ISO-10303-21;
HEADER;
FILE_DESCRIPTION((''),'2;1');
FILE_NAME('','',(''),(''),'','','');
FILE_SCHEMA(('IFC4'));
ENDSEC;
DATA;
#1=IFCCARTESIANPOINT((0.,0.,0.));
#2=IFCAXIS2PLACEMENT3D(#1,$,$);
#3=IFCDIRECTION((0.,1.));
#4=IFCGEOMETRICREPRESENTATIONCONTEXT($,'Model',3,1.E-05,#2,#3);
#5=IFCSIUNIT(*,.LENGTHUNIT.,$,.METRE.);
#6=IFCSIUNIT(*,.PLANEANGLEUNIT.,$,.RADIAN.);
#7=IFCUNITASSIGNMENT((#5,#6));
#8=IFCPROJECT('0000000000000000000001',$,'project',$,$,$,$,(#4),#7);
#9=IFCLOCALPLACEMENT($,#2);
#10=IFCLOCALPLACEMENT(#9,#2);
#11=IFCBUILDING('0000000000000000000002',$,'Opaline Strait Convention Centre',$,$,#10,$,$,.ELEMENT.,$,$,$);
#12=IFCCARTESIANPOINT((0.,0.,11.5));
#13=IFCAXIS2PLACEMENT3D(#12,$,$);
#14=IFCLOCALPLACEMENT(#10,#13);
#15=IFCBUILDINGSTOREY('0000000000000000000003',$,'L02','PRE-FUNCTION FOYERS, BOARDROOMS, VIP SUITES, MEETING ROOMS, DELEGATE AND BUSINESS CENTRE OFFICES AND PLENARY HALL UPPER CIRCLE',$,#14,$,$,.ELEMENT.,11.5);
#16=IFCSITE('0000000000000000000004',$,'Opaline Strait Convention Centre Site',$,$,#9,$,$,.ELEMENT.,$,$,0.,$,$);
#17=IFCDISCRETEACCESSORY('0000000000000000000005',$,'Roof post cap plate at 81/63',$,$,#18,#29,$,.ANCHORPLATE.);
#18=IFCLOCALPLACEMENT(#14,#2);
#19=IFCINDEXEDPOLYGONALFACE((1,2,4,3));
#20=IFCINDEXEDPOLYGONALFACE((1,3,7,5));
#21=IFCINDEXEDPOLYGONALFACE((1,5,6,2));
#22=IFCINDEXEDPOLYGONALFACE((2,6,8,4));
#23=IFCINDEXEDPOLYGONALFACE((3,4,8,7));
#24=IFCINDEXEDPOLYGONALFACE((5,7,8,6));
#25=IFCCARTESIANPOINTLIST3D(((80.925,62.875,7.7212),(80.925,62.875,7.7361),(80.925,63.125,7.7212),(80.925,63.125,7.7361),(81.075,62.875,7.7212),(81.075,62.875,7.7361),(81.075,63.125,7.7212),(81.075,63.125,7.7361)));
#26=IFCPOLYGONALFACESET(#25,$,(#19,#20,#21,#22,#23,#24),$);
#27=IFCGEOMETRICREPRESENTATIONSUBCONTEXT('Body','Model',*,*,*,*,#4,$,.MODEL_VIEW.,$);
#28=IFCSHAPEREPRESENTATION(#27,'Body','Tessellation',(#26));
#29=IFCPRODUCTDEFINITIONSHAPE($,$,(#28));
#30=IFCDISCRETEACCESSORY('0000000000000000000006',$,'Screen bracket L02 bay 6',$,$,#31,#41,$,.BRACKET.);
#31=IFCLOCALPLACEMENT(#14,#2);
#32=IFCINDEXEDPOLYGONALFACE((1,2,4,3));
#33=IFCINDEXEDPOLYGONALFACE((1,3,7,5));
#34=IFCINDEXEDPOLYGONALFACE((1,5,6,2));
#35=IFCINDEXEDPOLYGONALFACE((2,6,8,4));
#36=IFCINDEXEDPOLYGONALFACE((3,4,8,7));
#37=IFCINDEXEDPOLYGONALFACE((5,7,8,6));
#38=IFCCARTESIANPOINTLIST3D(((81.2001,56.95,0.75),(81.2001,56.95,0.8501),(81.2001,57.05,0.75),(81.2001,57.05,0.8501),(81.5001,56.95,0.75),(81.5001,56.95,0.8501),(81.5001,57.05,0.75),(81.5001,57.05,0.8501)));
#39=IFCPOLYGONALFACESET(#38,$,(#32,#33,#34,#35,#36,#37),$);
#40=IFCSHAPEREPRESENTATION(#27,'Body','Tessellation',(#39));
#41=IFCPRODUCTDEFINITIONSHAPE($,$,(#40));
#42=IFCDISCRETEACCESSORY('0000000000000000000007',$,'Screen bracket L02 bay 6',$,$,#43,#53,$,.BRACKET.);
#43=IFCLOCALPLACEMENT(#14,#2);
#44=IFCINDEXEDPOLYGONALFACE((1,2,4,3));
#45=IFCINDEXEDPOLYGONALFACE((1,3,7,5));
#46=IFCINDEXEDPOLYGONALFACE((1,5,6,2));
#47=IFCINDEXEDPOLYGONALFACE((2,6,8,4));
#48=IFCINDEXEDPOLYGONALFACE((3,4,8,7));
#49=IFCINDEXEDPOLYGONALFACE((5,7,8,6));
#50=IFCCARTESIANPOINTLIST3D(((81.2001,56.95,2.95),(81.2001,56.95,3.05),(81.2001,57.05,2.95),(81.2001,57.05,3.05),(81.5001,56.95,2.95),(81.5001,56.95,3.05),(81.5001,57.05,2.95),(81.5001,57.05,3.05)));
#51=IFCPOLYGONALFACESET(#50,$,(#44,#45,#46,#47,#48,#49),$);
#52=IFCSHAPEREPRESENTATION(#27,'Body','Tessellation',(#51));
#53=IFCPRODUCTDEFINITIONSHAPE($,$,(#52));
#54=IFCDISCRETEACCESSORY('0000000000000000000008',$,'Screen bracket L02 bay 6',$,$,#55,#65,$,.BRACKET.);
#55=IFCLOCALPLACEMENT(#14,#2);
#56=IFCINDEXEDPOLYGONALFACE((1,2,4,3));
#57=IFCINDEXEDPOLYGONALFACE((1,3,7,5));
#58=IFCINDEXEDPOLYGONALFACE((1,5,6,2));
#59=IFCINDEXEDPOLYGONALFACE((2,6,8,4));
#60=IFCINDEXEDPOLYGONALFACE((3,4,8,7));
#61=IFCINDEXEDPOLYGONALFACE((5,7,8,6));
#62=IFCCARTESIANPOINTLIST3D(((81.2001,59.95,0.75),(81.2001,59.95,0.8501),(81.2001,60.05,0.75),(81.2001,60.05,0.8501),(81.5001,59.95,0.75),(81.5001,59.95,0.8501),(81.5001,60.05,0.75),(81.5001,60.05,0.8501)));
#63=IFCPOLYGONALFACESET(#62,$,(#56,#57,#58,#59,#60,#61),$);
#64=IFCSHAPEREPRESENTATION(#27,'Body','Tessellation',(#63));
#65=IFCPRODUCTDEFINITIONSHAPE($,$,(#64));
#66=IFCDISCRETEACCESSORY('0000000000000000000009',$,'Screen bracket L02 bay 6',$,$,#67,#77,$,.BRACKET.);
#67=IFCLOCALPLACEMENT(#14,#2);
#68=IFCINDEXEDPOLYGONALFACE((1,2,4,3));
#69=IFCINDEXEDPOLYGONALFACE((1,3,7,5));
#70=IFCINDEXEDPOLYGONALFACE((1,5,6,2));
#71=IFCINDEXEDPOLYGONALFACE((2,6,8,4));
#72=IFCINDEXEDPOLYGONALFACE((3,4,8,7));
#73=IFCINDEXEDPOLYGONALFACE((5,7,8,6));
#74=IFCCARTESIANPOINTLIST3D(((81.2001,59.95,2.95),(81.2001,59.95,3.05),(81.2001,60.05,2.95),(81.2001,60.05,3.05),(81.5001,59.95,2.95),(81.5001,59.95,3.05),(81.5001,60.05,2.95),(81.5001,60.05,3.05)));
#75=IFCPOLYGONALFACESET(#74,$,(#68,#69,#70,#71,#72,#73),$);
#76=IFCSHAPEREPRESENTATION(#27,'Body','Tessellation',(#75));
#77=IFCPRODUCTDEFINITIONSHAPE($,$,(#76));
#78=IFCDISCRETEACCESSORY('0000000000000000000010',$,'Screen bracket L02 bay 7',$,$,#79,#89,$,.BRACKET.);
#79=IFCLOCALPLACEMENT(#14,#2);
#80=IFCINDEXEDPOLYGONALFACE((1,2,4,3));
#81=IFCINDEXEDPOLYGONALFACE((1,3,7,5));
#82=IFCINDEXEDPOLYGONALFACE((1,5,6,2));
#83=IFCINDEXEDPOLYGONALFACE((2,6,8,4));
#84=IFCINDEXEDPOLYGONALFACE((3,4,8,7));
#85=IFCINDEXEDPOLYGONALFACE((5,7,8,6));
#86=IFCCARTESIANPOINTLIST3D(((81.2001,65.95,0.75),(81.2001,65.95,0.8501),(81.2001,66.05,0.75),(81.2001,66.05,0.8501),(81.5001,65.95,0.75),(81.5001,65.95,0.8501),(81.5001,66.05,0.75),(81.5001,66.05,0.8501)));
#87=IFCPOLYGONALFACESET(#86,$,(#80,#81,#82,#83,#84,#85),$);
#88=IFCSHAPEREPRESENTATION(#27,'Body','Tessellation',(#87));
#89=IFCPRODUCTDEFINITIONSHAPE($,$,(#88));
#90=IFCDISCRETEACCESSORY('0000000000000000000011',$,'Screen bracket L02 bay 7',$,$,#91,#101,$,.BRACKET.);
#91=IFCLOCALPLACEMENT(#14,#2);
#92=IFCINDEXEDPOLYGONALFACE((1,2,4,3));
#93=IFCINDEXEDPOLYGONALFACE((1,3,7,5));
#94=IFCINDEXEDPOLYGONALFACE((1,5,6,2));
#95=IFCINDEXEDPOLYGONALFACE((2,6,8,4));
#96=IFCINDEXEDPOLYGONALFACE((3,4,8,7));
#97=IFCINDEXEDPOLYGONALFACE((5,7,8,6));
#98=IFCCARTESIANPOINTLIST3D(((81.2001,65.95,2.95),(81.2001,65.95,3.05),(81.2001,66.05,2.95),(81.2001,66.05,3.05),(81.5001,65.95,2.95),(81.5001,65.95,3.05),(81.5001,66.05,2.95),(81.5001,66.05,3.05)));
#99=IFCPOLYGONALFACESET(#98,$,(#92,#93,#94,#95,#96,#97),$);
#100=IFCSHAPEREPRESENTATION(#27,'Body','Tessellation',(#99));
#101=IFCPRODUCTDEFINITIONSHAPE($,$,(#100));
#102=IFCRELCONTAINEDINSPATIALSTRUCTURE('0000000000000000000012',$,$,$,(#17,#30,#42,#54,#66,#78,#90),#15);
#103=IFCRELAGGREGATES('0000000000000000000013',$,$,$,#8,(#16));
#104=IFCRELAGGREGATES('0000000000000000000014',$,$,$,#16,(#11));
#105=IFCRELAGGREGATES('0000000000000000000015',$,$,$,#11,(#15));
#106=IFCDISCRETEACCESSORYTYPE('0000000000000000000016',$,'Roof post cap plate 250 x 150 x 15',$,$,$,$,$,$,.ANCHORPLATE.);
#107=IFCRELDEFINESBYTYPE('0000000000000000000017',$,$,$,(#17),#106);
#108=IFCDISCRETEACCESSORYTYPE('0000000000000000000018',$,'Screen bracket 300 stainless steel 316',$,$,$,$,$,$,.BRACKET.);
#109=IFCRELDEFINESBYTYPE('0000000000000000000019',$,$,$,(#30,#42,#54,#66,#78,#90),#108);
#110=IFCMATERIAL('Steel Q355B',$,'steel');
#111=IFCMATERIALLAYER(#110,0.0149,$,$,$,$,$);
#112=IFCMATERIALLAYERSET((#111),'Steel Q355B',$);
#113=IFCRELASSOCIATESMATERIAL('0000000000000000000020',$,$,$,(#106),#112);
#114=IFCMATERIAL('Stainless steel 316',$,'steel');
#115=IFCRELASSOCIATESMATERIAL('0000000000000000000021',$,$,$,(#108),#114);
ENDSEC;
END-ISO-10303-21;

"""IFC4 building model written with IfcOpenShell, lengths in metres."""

from ifc_helpers import new_model, si_unit, direction, frame, origin, origin_2d, place, context, subcontext, project, spatial, rectangle, extrude, material, layer, layer_set, type_object, element, save


model = new_model("IFC4")

# Units and contexts
model_context = context("Model", 3, precision=1e-05, world=origin(), true_north=direction((0.0, 1.0)))
body_context = subcontext(model_context, "Body", "Model", "MODEL_VIEW")
ifc_project = project(units=[si_unit("LENGTHUNIT", "METRE"), si_unit("PLANEANGLEUNIT", "RADIAN")], contexts=[model_context])

# Site, building, storey
site_placement = place(None, origin())
site = spatial("IfcSite", under=ifc_project, at=site_placement, Name="Opaline Strait Convention Centre Site", CompositionType="ELEMENT", RefElevation=0.0)
building_placement = place(site_placement, origin())
building = spatial("IfcBuilding", under=site, at=building_placement, Name="Opaline Strait Convention Centre", CompositionType="ELEMENT")
storey_placement = place(building_placement, frame((0.0, 0.0, 11.5)))
storey = spatial("IfcBuildingStorey", under=building, at=storey_placement, Name="L02", Description="PRE-FUNCTION FOYERS, BOARDROOMS, VIP SUITES, MEETING ROOMS, DELEGATE AND BUSINESS CENTRE OFFICES AND PLENARY HALL UPPER CIRCLE", CompositionType="ELEMENT", Elevation=11.5)

# Shared definitions
ifc_material_1 = material(Name="Steel Q355B", Category="steel")

# Discrete accessories
ifc_layer_1 = layer(ifc_material_1, 0.0149)
ifc_layer_set_1 = layer_set([ifc_layer_1], Name="Steel Q355B")
discrete_accessory_type_1 = type_object("IfcDiscreteAccessoryType", Name="Roof post cap plate 250 x 150 x 15", PredefinedType="ANCHORPLATE", material=ifc_layer_set_1)
discrete_accessory_1_placement = place(storey_placement, frame((81.0, 63.0, 7.7212), z_axis=(0.0, 0.0, 1.0), x_axis=(1.0, 0.0, 0.0)))
element("IfcDiscreteAccessory", 1, at=discrete_accessory_1_placement, inside=storey, type_object=discrete_accessory_type_1, Name="Roof post cap plate at 81/63", PredefinedType="ANCHORPLATE", context=body_context, shape_type="SweptSolid", body=[
    extrude(rectangle(XDim=0.1499, YDim=0.25, at=origin_2d()), origin(), (0.0, 0.0, 1.0), 0.0149),
])
ifc_material_2 = material(Name="Stainless steel 316", Category="steel")
discrete_accessory_type_2 = type_object("IfcDiscreteAccessoryType", Name="Screen bracket 300 stainless steel 316", PredefinedType="BRACKET", material=ifc_material_2)
for number, where, z_axis, x_axis, name in (
    (2, (81.3501, 57.0, 0.75), (0.0, 0.0, 1.0), (1.0, 0.0, 0.0), "Screen bracket L02 bay 6"),
    (3, (81.3501, 57.0, 2.95), (0.0, 0.0, 1.0), (1.0, 0.0, 0.0), "Screen bracket L02 bay 6"),
    (4, (81.3501, 60.0, 0.75), (0.0, 0.0, 1.0), (1.0, 0.0, 0.0), "Screen bracket L02 bay 6"),
    (5, (81.3501, 60.0, 2.95), (0.0, 0.0, 1.0), (1.0, 0.0, 0.0), "Screen bracket L02 bay 6"),
    (6, (81.3501, 66.0, 0.75), (0.0, 0.0, 1.0), (1.0, 0.0, 0.0), "Screen bracket L02 bay 7"),
    (7, (81.3501, 66.0, 2.95), (0.0, 0.0, 1.0), (1.0, 0.0, 0.0), "Screen bracket L02 bay 7"),
):
    element("IfcDiscreteAccessory", number, at=place(storey_placement, frame(where, z_axis=z_axis, x_axis=x_axis)), inside=storey, type_object=discrete_accessory_type_2, Name=name, PredefinedType="BRACKET", context=body_context, shape_type="SweptSolid", body=[
        extrude(rectangle(XDim=0.3, YDim=0.1001, at=origin_2d()), origin(), (0.0, 0.0, 1.0), 0.1001),
    ])

save(model, "model.ifc")
